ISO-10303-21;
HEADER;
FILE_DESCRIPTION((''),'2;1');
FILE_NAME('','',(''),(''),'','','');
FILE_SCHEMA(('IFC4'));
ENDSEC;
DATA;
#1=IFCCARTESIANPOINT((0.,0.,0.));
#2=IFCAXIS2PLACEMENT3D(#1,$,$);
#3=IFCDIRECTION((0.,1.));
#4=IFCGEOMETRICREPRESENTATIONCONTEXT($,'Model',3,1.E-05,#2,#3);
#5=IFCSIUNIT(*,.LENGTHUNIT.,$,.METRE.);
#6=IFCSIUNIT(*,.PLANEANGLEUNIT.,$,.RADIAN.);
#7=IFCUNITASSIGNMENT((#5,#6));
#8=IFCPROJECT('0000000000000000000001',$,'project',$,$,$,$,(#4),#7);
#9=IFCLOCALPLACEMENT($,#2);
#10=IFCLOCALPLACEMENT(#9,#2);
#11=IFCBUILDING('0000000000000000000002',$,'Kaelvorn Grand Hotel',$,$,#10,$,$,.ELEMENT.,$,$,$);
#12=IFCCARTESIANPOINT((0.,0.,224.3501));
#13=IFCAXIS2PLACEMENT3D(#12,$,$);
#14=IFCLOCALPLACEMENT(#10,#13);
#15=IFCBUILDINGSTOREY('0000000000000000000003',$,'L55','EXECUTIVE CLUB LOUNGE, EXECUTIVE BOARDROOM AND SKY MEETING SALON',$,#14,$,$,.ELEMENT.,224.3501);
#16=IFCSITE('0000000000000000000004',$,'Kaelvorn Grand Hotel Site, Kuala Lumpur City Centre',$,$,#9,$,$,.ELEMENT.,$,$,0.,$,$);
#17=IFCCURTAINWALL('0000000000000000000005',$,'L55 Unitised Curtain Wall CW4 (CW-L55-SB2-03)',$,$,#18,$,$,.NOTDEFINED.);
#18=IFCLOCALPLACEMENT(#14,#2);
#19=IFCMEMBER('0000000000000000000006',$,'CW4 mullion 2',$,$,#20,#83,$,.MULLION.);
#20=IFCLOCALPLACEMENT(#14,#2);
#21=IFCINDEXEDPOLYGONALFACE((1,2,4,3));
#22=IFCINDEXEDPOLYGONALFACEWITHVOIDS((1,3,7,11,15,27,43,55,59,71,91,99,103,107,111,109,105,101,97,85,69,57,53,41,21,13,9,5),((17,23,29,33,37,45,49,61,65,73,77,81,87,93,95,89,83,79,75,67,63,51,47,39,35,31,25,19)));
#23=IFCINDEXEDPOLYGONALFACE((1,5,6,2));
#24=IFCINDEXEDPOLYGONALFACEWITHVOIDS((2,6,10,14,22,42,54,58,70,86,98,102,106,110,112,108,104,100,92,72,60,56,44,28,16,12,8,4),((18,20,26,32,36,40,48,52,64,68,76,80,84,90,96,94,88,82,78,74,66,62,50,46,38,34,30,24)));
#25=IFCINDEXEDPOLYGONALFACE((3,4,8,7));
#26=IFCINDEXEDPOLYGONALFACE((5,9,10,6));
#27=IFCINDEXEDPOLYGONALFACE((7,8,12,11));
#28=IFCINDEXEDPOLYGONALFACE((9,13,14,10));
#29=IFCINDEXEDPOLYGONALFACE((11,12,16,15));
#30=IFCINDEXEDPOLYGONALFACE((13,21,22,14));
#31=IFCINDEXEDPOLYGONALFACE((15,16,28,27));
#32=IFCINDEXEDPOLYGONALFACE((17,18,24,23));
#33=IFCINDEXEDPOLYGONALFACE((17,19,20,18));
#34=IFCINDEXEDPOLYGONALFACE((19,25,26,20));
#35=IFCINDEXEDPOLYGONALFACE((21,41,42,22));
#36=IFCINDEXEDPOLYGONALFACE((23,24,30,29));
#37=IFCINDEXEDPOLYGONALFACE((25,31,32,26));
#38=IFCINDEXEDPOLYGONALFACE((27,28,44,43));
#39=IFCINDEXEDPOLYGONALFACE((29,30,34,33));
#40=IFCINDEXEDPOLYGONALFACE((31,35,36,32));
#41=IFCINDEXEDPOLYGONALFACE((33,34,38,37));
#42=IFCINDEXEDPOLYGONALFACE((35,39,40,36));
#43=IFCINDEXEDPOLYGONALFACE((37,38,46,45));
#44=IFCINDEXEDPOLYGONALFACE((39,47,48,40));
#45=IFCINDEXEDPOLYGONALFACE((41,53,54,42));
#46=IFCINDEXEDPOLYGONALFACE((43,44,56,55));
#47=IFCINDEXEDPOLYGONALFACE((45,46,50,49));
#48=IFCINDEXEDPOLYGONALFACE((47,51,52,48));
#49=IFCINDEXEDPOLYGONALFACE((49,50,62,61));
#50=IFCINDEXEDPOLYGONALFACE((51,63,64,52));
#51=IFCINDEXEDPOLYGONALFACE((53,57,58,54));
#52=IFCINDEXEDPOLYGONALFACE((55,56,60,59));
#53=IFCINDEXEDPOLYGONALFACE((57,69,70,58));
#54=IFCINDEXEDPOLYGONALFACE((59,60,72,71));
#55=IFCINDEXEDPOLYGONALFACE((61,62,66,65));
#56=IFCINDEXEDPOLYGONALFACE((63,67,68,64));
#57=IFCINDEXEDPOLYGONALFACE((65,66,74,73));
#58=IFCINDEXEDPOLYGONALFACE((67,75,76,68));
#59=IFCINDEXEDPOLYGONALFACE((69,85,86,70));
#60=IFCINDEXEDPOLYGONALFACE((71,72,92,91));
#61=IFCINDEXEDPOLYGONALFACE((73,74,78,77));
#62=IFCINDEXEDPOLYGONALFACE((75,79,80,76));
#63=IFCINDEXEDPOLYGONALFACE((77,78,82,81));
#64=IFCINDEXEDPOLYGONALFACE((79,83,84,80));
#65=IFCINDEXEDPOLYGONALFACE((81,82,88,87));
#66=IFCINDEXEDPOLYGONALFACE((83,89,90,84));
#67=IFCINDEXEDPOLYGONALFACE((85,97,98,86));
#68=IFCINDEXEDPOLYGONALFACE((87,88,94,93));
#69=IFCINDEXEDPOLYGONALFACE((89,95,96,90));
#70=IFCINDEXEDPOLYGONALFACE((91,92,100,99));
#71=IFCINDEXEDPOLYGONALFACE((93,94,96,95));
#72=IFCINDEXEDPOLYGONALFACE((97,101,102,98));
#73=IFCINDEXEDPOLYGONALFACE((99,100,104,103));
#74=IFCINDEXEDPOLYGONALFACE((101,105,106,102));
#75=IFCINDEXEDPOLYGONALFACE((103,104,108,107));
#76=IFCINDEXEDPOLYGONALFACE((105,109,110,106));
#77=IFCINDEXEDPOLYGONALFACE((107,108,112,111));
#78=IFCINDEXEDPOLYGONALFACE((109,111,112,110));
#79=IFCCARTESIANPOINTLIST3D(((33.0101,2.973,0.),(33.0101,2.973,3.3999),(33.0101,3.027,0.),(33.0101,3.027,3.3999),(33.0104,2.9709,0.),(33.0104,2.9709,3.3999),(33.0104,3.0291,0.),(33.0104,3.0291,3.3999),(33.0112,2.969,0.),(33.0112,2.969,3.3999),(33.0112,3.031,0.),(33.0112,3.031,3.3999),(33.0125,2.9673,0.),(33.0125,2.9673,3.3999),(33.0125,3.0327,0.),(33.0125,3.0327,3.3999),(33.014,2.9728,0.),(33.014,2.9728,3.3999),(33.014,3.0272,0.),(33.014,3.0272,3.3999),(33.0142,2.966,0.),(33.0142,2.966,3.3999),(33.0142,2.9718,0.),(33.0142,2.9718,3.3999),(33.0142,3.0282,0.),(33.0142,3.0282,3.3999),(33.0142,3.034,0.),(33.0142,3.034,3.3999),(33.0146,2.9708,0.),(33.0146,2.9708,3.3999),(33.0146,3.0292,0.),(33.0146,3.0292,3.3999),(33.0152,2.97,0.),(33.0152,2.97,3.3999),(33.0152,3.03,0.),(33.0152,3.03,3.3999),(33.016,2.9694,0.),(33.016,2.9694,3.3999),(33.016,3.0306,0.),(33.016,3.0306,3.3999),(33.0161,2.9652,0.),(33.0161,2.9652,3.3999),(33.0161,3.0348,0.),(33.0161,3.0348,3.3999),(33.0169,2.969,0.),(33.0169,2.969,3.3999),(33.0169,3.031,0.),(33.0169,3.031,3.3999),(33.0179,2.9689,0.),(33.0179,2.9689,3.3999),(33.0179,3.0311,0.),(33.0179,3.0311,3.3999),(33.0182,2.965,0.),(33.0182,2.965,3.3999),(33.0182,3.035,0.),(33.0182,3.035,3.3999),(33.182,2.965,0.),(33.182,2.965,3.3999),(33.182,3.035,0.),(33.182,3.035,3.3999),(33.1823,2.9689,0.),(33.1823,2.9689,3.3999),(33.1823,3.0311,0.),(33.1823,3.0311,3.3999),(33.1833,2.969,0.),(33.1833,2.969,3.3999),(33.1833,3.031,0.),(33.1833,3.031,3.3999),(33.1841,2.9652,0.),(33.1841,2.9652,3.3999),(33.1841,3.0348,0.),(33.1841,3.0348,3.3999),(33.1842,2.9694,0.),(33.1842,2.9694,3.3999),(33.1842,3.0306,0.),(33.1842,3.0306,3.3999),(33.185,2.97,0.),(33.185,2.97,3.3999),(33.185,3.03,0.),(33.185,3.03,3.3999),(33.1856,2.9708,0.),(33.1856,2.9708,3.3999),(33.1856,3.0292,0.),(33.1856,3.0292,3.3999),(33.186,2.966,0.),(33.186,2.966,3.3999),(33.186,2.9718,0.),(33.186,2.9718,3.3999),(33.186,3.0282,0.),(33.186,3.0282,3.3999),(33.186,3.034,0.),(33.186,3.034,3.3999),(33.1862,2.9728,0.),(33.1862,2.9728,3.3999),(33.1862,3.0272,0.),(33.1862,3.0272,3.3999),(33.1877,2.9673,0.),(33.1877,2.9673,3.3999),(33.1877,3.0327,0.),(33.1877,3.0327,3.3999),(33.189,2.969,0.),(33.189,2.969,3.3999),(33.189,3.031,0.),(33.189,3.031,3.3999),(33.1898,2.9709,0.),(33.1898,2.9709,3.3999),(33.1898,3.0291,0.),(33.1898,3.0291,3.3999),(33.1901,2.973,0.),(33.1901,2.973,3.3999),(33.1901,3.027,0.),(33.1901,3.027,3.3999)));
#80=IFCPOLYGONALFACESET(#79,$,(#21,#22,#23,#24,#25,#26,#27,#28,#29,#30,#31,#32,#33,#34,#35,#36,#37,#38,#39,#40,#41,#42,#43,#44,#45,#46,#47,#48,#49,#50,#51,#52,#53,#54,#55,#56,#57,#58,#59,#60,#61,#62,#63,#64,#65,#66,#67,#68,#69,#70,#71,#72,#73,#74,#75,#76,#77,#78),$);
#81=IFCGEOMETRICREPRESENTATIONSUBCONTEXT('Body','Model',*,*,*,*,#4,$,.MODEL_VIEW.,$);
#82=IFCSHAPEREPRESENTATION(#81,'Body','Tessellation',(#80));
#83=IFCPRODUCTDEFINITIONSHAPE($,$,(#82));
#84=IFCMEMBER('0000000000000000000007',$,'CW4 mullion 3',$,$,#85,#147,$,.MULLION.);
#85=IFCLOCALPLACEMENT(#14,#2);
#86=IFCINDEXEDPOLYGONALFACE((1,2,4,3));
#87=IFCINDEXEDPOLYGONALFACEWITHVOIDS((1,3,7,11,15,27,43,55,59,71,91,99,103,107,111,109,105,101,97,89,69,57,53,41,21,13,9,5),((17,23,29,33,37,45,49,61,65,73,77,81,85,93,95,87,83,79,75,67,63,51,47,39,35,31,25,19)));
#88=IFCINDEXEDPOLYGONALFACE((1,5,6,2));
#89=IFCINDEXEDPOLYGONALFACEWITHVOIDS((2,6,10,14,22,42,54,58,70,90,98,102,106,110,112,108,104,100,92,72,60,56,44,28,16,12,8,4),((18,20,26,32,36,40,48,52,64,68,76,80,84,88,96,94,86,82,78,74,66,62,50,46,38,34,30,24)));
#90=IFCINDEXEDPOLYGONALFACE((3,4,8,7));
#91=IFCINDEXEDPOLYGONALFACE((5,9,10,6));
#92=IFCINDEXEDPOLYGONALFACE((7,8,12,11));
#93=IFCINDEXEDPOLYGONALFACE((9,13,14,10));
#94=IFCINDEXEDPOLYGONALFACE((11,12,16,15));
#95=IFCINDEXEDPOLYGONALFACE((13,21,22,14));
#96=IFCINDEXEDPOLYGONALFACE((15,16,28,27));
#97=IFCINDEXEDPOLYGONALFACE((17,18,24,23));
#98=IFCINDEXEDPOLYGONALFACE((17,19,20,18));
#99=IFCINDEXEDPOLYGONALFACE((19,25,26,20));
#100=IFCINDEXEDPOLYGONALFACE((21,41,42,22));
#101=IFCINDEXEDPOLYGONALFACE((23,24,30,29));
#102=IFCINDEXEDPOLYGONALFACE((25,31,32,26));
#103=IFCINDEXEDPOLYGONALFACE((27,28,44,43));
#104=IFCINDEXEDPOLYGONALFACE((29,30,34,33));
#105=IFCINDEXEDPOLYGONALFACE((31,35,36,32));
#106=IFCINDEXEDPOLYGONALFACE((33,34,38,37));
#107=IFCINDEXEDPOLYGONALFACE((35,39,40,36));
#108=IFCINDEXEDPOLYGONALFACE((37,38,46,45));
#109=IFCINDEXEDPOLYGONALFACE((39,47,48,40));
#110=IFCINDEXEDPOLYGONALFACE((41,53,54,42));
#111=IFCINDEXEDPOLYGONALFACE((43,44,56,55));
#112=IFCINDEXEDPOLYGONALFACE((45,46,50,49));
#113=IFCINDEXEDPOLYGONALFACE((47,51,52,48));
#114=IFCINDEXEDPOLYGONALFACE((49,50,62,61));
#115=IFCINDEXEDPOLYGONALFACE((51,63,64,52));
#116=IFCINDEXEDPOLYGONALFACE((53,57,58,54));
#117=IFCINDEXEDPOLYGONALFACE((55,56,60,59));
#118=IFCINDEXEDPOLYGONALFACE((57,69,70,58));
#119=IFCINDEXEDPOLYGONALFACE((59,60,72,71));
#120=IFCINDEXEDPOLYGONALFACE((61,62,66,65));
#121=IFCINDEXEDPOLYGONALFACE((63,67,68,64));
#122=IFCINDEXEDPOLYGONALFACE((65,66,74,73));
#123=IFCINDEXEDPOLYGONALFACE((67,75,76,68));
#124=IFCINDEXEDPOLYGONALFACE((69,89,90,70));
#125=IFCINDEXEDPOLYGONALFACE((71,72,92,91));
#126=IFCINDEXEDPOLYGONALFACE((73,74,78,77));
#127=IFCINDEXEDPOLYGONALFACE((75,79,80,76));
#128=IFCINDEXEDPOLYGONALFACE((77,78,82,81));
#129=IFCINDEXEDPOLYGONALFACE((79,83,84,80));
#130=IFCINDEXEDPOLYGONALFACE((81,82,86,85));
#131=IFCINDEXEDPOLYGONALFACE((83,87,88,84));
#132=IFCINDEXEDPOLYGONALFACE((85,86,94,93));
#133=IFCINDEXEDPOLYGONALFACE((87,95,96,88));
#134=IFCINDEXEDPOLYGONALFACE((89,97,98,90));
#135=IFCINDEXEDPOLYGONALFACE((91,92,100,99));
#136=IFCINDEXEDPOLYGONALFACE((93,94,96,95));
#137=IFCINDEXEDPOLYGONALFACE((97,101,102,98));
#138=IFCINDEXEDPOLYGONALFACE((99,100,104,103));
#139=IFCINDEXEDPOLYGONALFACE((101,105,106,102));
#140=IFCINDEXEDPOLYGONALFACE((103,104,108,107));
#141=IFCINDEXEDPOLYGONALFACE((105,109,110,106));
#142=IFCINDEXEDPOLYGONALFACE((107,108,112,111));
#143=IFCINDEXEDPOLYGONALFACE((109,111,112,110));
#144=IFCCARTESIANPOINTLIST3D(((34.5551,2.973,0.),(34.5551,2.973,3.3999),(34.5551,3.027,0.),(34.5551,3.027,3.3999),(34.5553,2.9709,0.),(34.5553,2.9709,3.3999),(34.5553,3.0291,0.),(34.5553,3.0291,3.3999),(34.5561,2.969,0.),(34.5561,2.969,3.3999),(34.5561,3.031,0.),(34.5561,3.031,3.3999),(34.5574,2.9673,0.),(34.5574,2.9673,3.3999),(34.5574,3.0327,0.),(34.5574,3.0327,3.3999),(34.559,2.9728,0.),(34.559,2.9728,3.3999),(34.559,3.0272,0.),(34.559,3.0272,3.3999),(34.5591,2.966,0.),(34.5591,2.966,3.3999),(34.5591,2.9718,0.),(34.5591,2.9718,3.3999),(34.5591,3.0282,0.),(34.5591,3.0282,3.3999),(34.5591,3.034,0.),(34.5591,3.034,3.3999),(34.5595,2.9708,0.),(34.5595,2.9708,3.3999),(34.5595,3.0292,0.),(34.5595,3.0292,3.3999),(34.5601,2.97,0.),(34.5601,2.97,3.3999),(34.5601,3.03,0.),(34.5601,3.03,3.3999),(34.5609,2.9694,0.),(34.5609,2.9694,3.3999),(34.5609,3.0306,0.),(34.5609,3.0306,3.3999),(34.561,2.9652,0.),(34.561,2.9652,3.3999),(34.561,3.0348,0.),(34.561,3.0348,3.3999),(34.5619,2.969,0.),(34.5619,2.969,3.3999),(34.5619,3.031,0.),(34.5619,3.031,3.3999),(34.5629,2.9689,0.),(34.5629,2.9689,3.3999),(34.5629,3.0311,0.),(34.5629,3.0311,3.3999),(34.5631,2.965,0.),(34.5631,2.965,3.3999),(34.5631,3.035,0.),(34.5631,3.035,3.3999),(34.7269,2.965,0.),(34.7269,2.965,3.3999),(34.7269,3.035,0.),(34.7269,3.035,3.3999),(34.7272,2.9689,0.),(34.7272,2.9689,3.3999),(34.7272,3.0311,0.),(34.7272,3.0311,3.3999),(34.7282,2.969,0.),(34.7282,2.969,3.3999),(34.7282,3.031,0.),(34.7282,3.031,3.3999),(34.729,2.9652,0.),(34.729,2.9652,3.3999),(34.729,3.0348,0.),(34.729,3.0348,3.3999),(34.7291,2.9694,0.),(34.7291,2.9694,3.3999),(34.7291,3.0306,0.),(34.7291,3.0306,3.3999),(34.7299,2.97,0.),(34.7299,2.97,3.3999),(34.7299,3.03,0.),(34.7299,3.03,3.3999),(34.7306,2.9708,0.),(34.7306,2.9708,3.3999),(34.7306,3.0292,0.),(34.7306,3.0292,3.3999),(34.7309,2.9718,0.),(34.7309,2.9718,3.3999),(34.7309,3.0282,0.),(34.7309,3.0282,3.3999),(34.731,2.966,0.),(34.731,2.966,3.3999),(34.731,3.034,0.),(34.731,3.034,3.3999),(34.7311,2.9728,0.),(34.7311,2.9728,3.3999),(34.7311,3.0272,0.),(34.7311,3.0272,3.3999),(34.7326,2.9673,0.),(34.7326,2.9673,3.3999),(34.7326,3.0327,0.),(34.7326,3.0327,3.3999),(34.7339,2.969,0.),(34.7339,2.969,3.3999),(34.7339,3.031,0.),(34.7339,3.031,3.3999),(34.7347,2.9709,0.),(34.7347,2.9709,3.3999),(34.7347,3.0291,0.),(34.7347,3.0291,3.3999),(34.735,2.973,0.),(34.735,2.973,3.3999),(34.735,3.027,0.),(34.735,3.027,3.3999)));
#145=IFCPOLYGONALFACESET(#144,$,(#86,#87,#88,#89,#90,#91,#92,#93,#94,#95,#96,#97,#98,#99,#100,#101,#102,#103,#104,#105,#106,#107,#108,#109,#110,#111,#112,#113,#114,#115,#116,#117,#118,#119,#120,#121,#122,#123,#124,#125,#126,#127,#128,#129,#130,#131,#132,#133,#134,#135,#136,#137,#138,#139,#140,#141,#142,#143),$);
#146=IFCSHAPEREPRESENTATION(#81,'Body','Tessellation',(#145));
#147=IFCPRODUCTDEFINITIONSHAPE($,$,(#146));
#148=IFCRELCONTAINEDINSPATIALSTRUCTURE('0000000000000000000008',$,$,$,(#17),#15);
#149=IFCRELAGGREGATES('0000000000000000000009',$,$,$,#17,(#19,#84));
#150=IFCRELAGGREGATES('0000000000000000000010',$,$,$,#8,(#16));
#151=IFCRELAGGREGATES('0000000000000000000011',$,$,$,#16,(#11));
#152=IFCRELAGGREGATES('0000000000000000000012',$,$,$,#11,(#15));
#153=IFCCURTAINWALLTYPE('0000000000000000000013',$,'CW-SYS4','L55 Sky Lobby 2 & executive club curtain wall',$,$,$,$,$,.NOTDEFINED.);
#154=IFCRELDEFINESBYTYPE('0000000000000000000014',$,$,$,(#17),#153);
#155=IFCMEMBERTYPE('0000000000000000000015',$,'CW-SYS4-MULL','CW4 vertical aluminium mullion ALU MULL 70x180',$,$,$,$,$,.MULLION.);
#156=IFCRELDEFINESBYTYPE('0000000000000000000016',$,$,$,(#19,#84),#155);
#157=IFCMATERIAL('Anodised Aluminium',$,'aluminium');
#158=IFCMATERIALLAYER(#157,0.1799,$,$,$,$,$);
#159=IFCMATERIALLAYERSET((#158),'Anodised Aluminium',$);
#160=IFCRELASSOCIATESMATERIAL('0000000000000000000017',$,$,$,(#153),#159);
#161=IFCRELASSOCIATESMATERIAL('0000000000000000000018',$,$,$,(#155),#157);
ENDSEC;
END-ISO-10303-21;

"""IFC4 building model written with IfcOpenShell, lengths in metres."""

from ifc_helpers import new_model, si_unit, direction, frame, origin, origin_2d, place, context, subcontext, project, spatial, hollow_rectangle, extrude, material, layer, layer_set, material_profile, profile_set, type_object, element, aggregate, save


model = new_model("IFC4")

# Units and contexts
model_context = context("Model", 3, precision=1e-05, world=origin(), true_north=direction((0.0, 1.0)))
body_context = subcontext(model_context, "Body", "Model", "MODEL_VIEW")
ifc_project = project(units=[si_unit("LENGTHUNIT", "METRE"), si_unit("PLANEANGLEUNIT", "RADIAN")], contexts=[model_context])

# Site, building, storey
site_placement = place(None, origin())
site = spatial("IfcSite", under=ifc_project, at=site_placement, Name="Kaelvorn Grand Hotel Site, Kuala Lumpur City Centre", CompositionType="ELEMENT", RefElevation=0.0)
building_placement = place(site_placement, origin())
building = spatial("IfcBuilding", under=site, at=building_placement, Name="Kaelvorn Grand Hotel", CompositionType="ELEMENT")
storey_placement = place(building_placement, frame((0.0, 0.0, 224.3501)))
storey = spatial("IfcBuildingStorey", under=building, at=storey_placement, Name="L55", Description="EXECUTIVE CLUB LOUNGE, EXECUTIVE BOARDROOM AND SKY MEETING SALON", CompositionType="ELEMENT", Elevation=224.3501)

# Shared definitions
ifc_material_1 = material(Name="Anodised Aluminium", Category="aluminium")
ifc_layer_1 = layer(ifc_material_1, 0.1799)
ifc_layer_set_1 = layer_set([ifc_layer_1], Name="Anodised Aluminium")
curtain_wall_type = type_object("IfcCurtainWallType", Name="CW-SYS4", Description="L55 Sky Lobby 2 & executive club curtain wall", PredefinedType="NOTDEFINED", material=ifc_layer_set_1)
ifc_material_profile_1 = material_profile(ifc_material_1, hollow_rectangle(XDim=0.0701, YDim=0.1799, WallThickness=0.0039, InnerFilletRadius=0.0039, OuterFilletRadius=0.0081, at=origin_2d()), Name="ALU MULL 70x180")
ifc_profile_set_1 = profile_set([ifc_material_profile_1], Name="Anodised Aluminium")
member_type_1 = type_object("IfcMemberType", Name="CW-SYS4-MULL", Description="CW4 vertical aluminium mullion ALU MULL 70x180", PredefinedType="MULLION", material=ifc_profile_set_1)

# Curtain wall, members
curtain_wall_1_placement = place(storey_placement, origin())
curtain_wall_1 = element("IfcCurtainWall", 1, at=curtain_wall_1_placement, inside=storey, type_object=curtain_wall_type, Name="L55 Unitised Curtain Wall CW4 (CW-L55-SB2-03)", PredefinedType="NOTDEFINED")
member_1_placement = place(storey_placement, frame((33.1001, 3.0, 0.0), z_axis=(0.0, 0.0, 1.0), x_axis=(0.0, 1.0, 0.0)))
member_1 = element("IfcMember", 2, at=member_1_placement, type_object=member_type_1, Name="CW4 mullion 2", PredefinedType="MULLION", context=body_context, shape_type="SweptSolid", body=[
    extrude(hollow_rectangle(XDim=0.0701, YDim=0.1799, WallThickness=0.0039, InnerFilletRadius=0.0039, OuterFilletRadius=0.0081, at=origin_2d()), origin(), (0.0, 0.0, 1.0), 3.3999),
])
member_2_placement = place(storey_placement, frame((34.645, 3.0, 0.0), z_axis=(0.0, 0.0, 1.0), x_axis=(0.0, 1.0, 0.0)))
member_2 = element("IfcMember", 3, at=member_2_placement, type_object=member_type_1, Name="CW4 mullion 3", PredefinedType="MULLION", context=body_context, shape_type="SweptSolid", body=[
    extrude(hollow_rectangle(XDim=0.0701, YDim=0.1799, WallThickness=0.0039, InnerFilletRadius=0.0039, OuterFilletRadius=0.0081, at=origin_2d()), origin(), (0.0, 0.0, 1.0), 3.3999),
])

aggregate(curtain_wall_1, [member_1, member_2])

save(model, "model.ifc")
